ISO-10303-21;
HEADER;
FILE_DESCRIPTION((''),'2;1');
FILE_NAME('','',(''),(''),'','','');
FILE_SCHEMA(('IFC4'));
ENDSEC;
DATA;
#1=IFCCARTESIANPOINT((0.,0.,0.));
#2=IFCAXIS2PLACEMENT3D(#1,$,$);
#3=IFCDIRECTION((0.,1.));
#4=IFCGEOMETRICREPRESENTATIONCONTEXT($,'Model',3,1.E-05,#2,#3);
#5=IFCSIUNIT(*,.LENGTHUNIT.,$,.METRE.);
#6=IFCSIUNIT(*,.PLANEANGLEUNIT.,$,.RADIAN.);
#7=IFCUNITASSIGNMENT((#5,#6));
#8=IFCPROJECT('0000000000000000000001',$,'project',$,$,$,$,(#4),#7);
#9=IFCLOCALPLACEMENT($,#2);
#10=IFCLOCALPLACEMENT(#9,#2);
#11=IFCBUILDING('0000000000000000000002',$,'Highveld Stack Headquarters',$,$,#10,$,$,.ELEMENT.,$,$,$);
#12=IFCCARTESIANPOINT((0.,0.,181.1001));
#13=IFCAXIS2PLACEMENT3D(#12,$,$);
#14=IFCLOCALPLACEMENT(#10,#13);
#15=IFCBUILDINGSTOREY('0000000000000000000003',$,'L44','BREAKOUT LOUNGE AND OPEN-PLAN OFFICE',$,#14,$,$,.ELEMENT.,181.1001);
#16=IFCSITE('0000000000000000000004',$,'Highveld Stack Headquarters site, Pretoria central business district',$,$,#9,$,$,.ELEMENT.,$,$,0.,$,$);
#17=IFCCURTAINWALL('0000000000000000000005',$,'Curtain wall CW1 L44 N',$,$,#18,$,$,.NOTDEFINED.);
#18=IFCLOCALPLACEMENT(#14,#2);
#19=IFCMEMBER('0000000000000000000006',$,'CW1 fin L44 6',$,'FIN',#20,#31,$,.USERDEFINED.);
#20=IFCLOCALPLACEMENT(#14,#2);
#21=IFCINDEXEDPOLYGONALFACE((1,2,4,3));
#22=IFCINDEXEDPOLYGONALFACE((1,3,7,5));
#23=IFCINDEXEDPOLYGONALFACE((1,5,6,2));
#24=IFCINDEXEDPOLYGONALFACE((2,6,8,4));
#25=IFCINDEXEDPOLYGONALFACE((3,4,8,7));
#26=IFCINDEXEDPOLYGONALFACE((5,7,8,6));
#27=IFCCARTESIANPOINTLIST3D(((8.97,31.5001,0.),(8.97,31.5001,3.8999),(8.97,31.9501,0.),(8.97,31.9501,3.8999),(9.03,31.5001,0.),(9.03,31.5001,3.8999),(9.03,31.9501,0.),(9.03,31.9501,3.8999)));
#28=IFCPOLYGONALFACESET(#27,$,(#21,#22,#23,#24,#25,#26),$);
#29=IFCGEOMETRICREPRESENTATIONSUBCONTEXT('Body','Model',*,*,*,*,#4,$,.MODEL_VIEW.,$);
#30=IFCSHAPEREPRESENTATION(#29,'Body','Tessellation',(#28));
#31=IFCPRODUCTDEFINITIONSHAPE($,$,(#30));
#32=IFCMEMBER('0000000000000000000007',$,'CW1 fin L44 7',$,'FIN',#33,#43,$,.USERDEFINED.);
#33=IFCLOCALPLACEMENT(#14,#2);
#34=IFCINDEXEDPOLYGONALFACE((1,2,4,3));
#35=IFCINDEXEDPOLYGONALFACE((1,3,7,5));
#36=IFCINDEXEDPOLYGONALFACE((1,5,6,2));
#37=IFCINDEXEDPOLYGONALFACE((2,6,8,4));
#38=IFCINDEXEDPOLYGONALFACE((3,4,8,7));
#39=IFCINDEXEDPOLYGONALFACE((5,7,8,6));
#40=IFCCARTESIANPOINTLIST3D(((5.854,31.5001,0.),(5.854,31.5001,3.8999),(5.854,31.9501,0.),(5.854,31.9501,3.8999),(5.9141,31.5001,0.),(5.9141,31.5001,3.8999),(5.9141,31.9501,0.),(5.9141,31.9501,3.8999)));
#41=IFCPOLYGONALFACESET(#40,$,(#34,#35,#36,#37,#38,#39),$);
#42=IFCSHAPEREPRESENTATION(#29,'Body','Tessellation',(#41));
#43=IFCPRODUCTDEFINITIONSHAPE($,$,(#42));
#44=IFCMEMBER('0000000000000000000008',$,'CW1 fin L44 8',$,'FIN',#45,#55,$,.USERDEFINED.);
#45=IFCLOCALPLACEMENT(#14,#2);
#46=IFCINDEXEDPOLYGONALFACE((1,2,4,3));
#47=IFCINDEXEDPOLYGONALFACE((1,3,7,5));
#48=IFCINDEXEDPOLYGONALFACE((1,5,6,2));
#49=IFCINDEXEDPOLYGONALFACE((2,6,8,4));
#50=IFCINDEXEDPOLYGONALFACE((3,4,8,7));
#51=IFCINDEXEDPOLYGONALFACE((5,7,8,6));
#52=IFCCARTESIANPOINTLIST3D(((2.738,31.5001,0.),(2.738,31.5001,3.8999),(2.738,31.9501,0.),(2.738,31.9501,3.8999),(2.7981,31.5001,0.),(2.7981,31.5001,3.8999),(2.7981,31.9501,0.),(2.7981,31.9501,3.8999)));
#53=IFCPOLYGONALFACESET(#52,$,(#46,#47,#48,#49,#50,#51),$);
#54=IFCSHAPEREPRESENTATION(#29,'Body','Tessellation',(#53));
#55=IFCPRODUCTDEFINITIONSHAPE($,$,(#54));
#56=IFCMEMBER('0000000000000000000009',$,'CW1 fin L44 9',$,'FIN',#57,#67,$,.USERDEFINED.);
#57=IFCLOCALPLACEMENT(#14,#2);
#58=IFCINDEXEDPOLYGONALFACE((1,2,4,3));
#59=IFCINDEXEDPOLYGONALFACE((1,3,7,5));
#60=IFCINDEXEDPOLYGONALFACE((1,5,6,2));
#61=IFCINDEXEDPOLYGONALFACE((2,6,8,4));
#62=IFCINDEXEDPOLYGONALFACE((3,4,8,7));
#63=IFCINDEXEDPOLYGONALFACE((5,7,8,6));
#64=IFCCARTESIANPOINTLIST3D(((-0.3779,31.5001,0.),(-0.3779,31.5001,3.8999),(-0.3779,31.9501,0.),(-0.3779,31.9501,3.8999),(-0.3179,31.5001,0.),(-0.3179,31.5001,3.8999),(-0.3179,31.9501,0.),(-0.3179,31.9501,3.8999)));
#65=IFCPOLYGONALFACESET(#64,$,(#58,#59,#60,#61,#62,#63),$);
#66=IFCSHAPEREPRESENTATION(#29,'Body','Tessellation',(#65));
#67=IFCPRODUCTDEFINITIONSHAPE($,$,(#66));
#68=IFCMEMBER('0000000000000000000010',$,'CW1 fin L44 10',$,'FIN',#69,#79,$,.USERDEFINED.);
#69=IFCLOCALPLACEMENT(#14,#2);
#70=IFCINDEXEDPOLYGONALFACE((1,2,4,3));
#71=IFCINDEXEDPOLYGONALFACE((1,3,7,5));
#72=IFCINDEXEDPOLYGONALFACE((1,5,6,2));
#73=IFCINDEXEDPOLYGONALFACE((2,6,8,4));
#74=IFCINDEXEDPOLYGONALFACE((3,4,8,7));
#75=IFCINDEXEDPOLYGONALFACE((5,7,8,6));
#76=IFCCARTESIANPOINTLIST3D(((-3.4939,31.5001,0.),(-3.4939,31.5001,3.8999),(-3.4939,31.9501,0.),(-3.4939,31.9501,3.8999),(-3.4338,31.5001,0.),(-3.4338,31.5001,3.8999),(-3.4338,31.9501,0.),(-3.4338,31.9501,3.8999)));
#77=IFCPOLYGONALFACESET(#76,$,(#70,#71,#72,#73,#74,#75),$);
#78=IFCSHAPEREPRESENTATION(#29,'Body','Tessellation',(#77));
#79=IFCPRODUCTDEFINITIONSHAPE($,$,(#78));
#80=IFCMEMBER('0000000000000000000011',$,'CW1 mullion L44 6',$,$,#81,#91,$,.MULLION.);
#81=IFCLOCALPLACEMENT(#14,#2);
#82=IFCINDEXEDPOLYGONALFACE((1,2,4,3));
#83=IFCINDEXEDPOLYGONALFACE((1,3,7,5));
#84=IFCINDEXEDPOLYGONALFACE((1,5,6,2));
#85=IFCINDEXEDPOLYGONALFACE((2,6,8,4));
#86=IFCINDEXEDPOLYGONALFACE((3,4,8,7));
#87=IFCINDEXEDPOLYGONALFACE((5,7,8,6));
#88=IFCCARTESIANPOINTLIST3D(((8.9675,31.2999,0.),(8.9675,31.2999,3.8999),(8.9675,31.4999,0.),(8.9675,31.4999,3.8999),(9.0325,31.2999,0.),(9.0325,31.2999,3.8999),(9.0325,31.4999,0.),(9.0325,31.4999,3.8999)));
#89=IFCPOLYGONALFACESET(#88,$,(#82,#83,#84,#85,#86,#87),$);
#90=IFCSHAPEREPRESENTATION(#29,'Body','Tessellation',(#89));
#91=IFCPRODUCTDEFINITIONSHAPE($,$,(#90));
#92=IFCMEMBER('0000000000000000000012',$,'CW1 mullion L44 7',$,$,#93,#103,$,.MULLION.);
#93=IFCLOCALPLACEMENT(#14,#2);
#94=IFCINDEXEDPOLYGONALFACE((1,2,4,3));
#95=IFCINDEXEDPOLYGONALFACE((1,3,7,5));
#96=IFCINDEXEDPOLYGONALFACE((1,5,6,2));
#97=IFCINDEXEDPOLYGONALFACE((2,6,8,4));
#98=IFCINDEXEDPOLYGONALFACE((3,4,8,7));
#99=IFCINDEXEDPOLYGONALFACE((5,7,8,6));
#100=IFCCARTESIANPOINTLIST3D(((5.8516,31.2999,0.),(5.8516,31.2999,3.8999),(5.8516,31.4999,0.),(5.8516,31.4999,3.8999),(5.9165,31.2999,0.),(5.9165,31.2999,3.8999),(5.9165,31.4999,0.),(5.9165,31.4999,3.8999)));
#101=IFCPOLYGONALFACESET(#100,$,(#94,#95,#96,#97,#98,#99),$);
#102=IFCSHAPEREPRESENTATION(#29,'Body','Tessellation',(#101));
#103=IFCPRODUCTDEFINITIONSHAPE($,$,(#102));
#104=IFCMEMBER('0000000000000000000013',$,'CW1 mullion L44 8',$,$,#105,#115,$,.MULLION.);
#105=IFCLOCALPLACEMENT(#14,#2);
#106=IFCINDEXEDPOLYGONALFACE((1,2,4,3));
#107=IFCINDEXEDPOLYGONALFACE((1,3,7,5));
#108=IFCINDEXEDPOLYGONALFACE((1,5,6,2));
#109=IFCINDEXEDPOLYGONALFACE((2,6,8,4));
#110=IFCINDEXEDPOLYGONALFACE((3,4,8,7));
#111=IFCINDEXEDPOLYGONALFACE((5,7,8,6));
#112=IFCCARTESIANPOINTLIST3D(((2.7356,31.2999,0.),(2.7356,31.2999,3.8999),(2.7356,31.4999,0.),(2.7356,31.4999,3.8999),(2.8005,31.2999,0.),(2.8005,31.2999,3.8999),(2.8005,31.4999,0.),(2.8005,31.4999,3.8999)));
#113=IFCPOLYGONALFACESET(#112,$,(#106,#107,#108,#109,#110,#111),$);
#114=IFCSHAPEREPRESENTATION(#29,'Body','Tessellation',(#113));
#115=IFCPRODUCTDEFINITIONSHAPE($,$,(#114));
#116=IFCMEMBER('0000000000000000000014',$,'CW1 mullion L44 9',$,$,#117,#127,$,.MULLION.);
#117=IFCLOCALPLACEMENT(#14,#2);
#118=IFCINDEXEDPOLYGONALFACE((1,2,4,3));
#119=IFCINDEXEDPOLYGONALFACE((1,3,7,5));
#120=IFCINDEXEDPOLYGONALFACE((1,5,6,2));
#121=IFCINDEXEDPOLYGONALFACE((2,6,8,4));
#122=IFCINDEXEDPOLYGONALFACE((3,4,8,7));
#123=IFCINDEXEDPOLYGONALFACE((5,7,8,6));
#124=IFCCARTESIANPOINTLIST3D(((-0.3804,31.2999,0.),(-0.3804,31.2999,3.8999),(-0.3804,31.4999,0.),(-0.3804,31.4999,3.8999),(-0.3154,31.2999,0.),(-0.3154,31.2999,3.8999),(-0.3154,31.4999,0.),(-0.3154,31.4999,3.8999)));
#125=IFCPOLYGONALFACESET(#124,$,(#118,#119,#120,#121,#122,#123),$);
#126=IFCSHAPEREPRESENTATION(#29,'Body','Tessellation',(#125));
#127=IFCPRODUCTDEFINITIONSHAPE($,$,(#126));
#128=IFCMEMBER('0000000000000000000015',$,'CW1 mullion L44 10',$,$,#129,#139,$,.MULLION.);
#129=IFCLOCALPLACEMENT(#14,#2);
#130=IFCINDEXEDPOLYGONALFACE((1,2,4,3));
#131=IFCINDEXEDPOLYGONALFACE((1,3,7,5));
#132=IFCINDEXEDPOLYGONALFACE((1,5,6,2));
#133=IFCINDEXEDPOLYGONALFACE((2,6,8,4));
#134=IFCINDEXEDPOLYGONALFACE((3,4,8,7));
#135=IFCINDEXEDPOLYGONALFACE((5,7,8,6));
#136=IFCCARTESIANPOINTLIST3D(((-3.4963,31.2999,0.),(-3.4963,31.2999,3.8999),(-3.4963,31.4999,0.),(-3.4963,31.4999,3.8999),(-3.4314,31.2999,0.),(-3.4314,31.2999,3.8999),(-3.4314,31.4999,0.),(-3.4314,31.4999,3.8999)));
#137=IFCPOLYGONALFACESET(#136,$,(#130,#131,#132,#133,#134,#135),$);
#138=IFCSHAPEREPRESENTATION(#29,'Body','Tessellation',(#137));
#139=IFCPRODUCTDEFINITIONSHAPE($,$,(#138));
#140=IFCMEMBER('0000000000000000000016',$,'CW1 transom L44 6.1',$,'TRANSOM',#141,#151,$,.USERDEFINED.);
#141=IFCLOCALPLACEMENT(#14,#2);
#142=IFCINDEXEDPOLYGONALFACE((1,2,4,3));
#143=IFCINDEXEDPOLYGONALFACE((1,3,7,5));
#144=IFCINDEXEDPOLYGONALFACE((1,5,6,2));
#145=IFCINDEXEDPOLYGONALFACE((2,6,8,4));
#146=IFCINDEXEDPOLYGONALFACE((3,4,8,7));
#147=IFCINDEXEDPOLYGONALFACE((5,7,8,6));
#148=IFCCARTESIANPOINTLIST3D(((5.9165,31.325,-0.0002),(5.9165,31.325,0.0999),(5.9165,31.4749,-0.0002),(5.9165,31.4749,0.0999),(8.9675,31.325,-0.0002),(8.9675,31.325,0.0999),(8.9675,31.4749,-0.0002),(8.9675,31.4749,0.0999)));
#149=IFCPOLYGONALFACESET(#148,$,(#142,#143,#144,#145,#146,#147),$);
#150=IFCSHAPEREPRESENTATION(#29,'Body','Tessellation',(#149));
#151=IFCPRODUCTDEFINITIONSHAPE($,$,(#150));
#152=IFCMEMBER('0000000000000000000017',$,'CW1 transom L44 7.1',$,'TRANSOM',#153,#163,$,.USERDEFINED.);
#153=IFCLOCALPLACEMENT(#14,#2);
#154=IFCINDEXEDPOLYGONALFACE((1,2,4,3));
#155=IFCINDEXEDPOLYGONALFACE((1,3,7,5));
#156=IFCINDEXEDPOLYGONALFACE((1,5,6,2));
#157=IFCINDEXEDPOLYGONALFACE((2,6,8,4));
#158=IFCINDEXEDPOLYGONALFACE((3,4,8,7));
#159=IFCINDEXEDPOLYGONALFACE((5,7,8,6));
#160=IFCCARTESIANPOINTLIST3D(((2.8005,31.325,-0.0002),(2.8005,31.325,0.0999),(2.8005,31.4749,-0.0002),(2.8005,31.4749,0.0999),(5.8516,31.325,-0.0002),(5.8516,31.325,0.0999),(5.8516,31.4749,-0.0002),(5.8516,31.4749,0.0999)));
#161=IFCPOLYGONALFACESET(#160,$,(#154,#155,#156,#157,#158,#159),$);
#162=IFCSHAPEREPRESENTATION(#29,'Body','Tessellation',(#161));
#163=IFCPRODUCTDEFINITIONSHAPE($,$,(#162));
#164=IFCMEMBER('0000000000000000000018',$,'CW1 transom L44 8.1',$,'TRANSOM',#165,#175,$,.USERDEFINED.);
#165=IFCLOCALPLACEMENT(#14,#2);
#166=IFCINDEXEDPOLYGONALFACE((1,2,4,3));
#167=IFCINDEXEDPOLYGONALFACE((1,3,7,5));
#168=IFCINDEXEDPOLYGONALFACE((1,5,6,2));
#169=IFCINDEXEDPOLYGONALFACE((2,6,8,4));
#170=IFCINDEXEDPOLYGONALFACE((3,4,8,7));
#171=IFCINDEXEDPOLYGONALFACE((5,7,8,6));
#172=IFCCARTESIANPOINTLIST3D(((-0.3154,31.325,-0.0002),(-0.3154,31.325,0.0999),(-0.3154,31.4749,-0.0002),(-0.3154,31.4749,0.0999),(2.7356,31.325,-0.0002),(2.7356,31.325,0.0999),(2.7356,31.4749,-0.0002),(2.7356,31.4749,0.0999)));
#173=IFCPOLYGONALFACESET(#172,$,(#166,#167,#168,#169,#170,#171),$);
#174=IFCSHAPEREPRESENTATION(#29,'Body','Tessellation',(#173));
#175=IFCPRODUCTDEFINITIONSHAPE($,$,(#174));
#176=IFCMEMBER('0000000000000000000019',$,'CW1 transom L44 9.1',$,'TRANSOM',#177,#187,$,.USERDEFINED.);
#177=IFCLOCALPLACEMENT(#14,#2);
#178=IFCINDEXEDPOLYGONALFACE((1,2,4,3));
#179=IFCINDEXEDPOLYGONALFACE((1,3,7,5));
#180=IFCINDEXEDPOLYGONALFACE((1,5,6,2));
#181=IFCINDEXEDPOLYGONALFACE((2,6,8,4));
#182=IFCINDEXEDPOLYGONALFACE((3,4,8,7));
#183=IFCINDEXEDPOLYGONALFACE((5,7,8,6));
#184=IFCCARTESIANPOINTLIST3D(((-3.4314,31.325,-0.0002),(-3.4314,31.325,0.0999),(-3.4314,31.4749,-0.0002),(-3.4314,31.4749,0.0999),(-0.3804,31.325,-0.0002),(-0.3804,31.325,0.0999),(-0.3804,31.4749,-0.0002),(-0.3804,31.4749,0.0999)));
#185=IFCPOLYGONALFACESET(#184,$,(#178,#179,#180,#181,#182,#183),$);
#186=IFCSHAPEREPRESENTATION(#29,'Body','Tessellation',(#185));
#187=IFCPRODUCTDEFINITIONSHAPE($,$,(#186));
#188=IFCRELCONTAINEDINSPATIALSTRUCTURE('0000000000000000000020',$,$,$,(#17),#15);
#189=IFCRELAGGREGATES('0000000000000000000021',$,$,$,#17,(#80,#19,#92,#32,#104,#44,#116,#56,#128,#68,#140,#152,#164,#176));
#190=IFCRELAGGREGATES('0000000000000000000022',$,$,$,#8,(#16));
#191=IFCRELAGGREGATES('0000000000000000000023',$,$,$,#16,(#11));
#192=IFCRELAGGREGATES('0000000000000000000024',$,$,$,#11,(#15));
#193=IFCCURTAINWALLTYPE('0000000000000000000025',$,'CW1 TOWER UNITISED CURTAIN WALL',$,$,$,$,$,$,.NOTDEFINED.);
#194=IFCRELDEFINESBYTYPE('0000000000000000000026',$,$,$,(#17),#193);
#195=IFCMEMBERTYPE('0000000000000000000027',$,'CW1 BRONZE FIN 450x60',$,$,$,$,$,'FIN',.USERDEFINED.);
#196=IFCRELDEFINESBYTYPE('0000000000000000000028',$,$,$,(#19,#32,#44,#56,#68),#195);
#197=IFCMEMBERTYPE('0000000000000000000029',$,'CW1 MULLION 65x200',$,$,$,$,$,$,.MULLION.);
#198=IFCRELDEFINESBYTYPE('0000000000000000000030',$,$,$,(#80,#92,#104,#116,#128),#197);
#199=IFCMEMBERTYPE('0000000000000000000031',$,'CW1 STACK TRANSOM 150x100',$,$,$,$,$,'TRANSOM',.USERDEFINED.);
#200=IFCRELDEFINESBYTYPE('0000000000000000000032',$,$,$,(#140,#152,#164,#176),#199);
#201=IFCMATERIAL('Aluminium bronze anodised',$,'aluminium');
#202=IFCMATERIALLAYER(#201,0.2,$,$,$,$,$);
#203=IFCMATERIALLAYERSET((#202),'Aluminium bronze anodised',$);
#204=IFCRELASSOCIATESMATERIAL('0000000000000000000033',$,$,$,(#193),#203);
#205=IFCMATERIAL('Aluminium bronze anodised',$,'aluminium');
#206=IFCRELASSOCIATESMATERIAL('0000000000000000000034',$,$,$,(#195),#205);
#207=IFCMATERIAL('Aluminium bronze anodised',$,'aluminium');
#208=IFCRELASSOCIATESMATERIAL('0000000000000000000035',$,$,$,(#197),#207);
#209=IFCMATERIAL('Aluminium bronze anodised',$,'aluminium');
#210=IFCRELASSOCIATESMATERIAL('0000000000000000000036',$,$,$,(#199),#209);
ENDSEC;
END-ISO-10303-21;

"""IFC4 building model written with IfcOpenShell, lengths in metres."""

from ifc_helpers import new_model, si_unit, direction, frame, origin, origin_2d, place, context, subcontext, project, spatial, rectangle, extrude, material, layer, layer_set, material_profile, profile_set, type_object, element, aggregate, save


model = new_model("IFC4")

# Units and contexts
model_context = context("Model", 3, precision=1e-05, world=origin(), true_north=direction((0.0, 1.0)))
body_context = subcontext(model_context, "Body", "Model", "MODEL_VIEW")
ifc_project = project(units=[si_unit("LENGTHUNIT", "METRE"), si_unit("PLANEANGLEUNIT", "RADIAN")], contexts=[model_context])

# Site, building, storey
site_placement = place(None, origin())
site = spatial("IfcSite", under=ifc_project, at=site_placement, Name="Highveld Stack Headquarters site, Pretoria central business district", CompositionType="ELEMENT", RefElevation=0.0)
building_placement = place(site_placement, origin())
building = spatial("IfcBuilding", under=site, at=building_placement, Name="Highveld Stack Headquarters", CompositionType="ELEMENT")
storey_placement = place(building_placement, frame((0.0, 0.0, 181.1001)))
storey = spatial("IfcBuildingStorey", under=building, at=storey_placement, Name="L44", Description="BREAKOUT LOUNGE AND OPEN-PLAN OFFICE", CompositionType="ELEMENT", Elevation=181.1001)

# Curtain wall, members
ifc_material_1 = material(Name="Aluminium bronze anodised", Category="aluminium")
ifc_layer_1 = layer(ifc_material_1, 0.2)
ifc_layer_set_1 = layer_set([ifc_layer_1], Name="Aluminium bronze anodised")
curtain_wall_type = type_object("IfcCurtainWallType", Name="CW1 TOWER UNITISED CURTAIN WALL", PredefinedType="NOTDEFINED", material=ifc_layer_set_1)
curtain_wall_placement = place(storey_placement, origin())
curtain_wall = element("IfcCurtainWall", 1, at=curtain_wall_placement, inside=storey, type_object=curtain_wall_type, Name="Curtain wall CW1 L44 N", PredefinedType="NOTDEFINED")
ifc_material_2 = material(Name="Aluminium bronze anodised", Category="aluminium")
ifc_material_profile_1 = material_profile(ifc_material_2, rectangle(XDim=0.45, YDim=0.0601, at=origin_2d()), Name="FIN 450x60")
ifc_profile_set_1 = profile_set([ifc_material_profile_1], Name="Aluminium bronze anodised")
member_type_1 = type_object("IfcMemberType", Name="CW1 BRONZE FIN 450x60", ElementType="FIN", PredefinedType="USERDEFINED", material=ifc_profile_set_1)
member_1_placement = place(storey_placement, frame((9.0, 31.7251, 0.0), z_axis=(0.0, 0.0, 1.0), x_axis=(0.0, -1.0, 0.0)))
member_1 = element("IfcMember", 2, at=member_1_placement, type_object=member_type_1, Name="CW1 fin L44 6", ObjectType="FIN", PredefinedType="USERDEFINED", context=body_context, shape_type="SweptSolid", body=[
    extrude(rectangle(XDim=0.45, YDim=0.0601, at=origin_2d()), origin(), (0.0, 0.0, 1.0), 3.8999),
])
member_2_placement = place(storey_placement, frame((5.884, 31.7251, 0.0), z_axis=(0.0, 0.0, 1.0), x_axis=(0.0, -1.0, 0.0)))
member_2 = element("IfcMember", 3, at=member_2_placement, type_object=member_type_1, Name="CW1 fin L44 7", ObjectType="FIN", PredefinedType="USERDEFINED", context=body_context, shape_type="SweptSolid", body=[
    extrude(rectangle(XDim=0.45, YDim=0.0601, at=origin_2d()), origin(), (0.0, 0.0, 1.0), 3.8999),
])
member_3_placement = place(storey_placement, frame((2.7681, 31.7251, 0.0), z_axis=(0.0, 0.0, 1.0), x_axis=(0.0, -1.0, 0.0)))
member_3 = element("IfcMember", 4, at=member_3_placement, type_object=member_type_1, Name="CW1 fin L44 8", ObjectType="FIN", PredefinedType="USERDEFINED", context=body_context, shape_type="SweptSolid", body=[
    extrude(rectangle(XDim=0.45, YDim=0.0601, at=origin_2d()), origin(), (0.0, 0.0, 1.0), 3.8999),
])
member_4_placement = place(storey_placement, frame((-0.3479, 31.7251, 0.0), z_axis=(0.0, 0.0, 1.0), x_axis=(0.0, -1.0, 0.0)))
member_4 = element("IfcMember", 5, at=member_4_placement, type_object=member_type_1, Name="CW1 fin L44 9", ObjectType="FIN", PredefinedType="USERDEFINED", context=body_context, shape_type="SweptSolid", body=[
    extrude(rectangle(XDim=0.45, YDim=0.0601, at=origin_2d()), origin(), (0.0, 0.0, 1.0), 3.8999),
])
member_5_placement = place(storey_placement, frame((-3.4639, 31.7251, 0.0), z_axis=(0.0, 0.0, 1.0), x_axis=(0.0, -1.0, 0.0)))
member_5 = element("IfcMember", 6, at=member_5_placement, type_object=member_type_1, Name="CW1 fin L44 10", ObjectType="FIN", PredefinedType="USERDEFINED", context=body_context, shape_type="SweptSolid", body=[
    extrude(rectangle(XDim=0.45, YDim=0.0601, at=origin_2d()), origin(), (0.0, 0.0, 1.0), 3.8999),
])
ifc_material_3 = material(Name="Aluminium bronze anodised", Category="aluminium")
ifc_material_profile_2 = material_profile(ifc_material_3, rectangle(XDim=0.2, YDim=0.0649, at=origin_2d()), Name="CW1 MULLION 65x200")
ifc_profile_set_2 = profile_set([ifc_material_profile_2], Name="Aluminium bronze anodised")
member_type_2 = type_object("IfcMemberType", Name="CW1 MULLION 65x200", PredefinedType="MULLION", material=ifc_profile_set_2)
member_6_placement = place(storey_placement, frame((9.0, 31.3999, 0.0), z_axis=(0.0, 0.0, 1.0), x_axis=(0.0, -1.0, 0.0)))
member_6 = element("IfcMember", 7, at=member_6_placement, type_object=member_type_2, Name="CW1 mullion L44 6", PredefinedType="MULLION", context=body_context, shape_type="SweptSolid", body=[
    extrude(rectangle(XDim=0.2, YDim=0.0649, at=origin_2d()), origin(), (0.0, 0.0, 1.0), 3.8999),
])
member_7_placement = place(storey_placement, frame((5.884, 31.3999, 0.0), z_axis=(0.0, 0.0, 1.0), x_axis=(0.0, -1.0, 0.0)))
member_7 = element("IfcMember", 8, at=member_7_placement, type_object=member_type_2, Name="CW1 mullion L44 7", PredefinedType="MULLION", context=body_context, shape_type="SweptSolid", body=[
    extrude(rectangle(XDim=0.2, YDim=0.0649, at=origin_2d()), origin(), (0.0, 0.0, 1.0), 3.8999),
])
member_8_placement = place(storey_placement, frame((2.7681, 31.3999, 0.0), z_axis=(0.0, 0.0, 1.0), x_axis=(0.0, -1.0, 0.0)))
member_8 = element("IfcMember", 9, at=member_8_placement, type_object=member_type_2, Name="CW1 mullion L44 8", PredefinedType="MULLION", context=body_context, shape_type="SweptSolid", body=[
    extrude(rectangle(XDim=0.2, YDim=0.0649, at=origin_2d()), origin(), (0.0, 0.0, 1.0), 3.8999),
])
member_9_placement = place(storey_placement, frame((-0.3479, 31.3999, 0.0), z_axis=(0.0, 0.0, 1.0), x_axis=(0.0, -1.0, 0.0)))
member_9 = element("IfcMember", 10, at=member_9_placement, type_object=member_type_2, Name="CW1 mullion L44 9", PredefinedType="MULLION", context=body_context, shape_type="SweptSolid", body=[
    extrude(rectangle(XDim=0.2, YDim=0.0649, at=origin_2d()), origin(), (0.0, 0.0, 1.0), 3.8999),
])
member_10_placement = place(storey_placement, frame((-3.4639, 31.3999, 0.0), z_axis=(0.0, 0.0, 1.0), x_axis=(0.0, -1.0, 0.0)))
member_10 = element("IfcMember", 11, at=member_10_placement, type_object=member_type_2, Name="CW1 mullion L44 10", PredefinedType="MULLION", context=body_context, shape_type="SweptSolid", body=[
    extrude(rectangle(XDim=0.2, YDim=0.0649, at=origin_2d()), origin(), (0.0, 0.0, 1.0), 3.8999),
])
ifc_material_4 = material(Name="Aluminium bronze anodised", Category="aluminium")
ifc_material_profile_3 = material_profile(ifc_material_4, rectangle(XDim=0.1499, YDim=0.1001, at=origin_2d()), Name="CW1 TRANSOM 150x100")
ifc_profile_set_3 = profile_set([ifc_material_profile_3], Name="Aluminium bronze anodised")
member_type_3 = type_object("IfcMemberType", Name="CW1 STACK TRANSOM 150x100", ElementType="TRANSOM", PredefinedType="USERDEFINED", material=ifc_profile_set_3)
member_11_placement = place(storey_placement, frame((8.9675, 31.3999, 0.0498), z_axis=(-1.0, 0.0, 0.0), x_axis=(0.0, -1.0, 0.0)))
member_11 = element("IfcMember", 12, at=member_11_placement, type_object=member_type_3, Name="CW1 transom L44 6.1", ObjectType="TRANSOM", PredefinedType="USERDEFINED", context=body_context, shape_type="SweptSolid", body=[
    extrude(rectangle(XDim=0.1499, YDim=0.1001, at=origin_2d()), origin(), (0.0, 0.0, 1.0), 3.051),
])
member_12_placement = place(storey_placement, frame((5.8516, 31.3999, 0.0498), z_axis=(-1.0, 0.0, 0.0), x_axis=(0.0, -1.0, 0.0)))
member_12 = element("IfcMember", 13, at=member_12_placement, type_object=member_type_3, Name="CW1 transom L44 7.1", ObjectType="TRANSOM", PredefinedType="USERDEFINED", context=body_context, shape_type="SweptSolid", body=[
    extrude(rectangle(XDim=0.1499, YDim=0.1001, at=origin_2d()), origin(), (0.0, 0.0, 1.0), 3.051),
])
member_13_placement = place(storey_placement, frame((2.7356, 31.3999, 0.0498), z_axis=(-1.0, 0.0, 0.0), x_axis=(0.0, -1.0, 0.0)))
member_13 = element("IfcMember", 14, at=member_13_placement, type_object=member_type_3, Name="CW1 transom L44 8.1", ObjectType="TRANSOM", PredefinedType="USERDEFINED", context=body_context, shape_type="SweptSolid", body=[
    extrude(rectangle(XDim=0.1499, YDim=0.1001, at=origin_2d()), origin(), (0.0, 0.0, 1.0), 3.051),
])
member_14_placement = place(storey_placement, frame((-0.3804, 31.3999, 0.0498), z_axis=(-1.0, 0.0, 0.0), x_axis=(0.0, -1.0, 0.0)))
member_14 = element("IfcMember", 15, at=member_14_placement, type_object=member_type_3, Name="CW1 transom L44 9.1", ObjectType="TRANSOM", PredefinedType="USERDEFINED", context=body_context, shape_type="SweptSolid", body=[
    extrude(rectangle(XDim=0.1499, YDim=0.1001, at=origin_2d()), origin(), (0.0, 0.0, 1.0), 3.051),
])
aggregate(curtain_wall, [member_6, member_1, member_7, member_2, member_8, member_3, member_9, member_4, member_10, member_5, member_11, member_12, member_13, member_14])

save(model, "model.ifc")
